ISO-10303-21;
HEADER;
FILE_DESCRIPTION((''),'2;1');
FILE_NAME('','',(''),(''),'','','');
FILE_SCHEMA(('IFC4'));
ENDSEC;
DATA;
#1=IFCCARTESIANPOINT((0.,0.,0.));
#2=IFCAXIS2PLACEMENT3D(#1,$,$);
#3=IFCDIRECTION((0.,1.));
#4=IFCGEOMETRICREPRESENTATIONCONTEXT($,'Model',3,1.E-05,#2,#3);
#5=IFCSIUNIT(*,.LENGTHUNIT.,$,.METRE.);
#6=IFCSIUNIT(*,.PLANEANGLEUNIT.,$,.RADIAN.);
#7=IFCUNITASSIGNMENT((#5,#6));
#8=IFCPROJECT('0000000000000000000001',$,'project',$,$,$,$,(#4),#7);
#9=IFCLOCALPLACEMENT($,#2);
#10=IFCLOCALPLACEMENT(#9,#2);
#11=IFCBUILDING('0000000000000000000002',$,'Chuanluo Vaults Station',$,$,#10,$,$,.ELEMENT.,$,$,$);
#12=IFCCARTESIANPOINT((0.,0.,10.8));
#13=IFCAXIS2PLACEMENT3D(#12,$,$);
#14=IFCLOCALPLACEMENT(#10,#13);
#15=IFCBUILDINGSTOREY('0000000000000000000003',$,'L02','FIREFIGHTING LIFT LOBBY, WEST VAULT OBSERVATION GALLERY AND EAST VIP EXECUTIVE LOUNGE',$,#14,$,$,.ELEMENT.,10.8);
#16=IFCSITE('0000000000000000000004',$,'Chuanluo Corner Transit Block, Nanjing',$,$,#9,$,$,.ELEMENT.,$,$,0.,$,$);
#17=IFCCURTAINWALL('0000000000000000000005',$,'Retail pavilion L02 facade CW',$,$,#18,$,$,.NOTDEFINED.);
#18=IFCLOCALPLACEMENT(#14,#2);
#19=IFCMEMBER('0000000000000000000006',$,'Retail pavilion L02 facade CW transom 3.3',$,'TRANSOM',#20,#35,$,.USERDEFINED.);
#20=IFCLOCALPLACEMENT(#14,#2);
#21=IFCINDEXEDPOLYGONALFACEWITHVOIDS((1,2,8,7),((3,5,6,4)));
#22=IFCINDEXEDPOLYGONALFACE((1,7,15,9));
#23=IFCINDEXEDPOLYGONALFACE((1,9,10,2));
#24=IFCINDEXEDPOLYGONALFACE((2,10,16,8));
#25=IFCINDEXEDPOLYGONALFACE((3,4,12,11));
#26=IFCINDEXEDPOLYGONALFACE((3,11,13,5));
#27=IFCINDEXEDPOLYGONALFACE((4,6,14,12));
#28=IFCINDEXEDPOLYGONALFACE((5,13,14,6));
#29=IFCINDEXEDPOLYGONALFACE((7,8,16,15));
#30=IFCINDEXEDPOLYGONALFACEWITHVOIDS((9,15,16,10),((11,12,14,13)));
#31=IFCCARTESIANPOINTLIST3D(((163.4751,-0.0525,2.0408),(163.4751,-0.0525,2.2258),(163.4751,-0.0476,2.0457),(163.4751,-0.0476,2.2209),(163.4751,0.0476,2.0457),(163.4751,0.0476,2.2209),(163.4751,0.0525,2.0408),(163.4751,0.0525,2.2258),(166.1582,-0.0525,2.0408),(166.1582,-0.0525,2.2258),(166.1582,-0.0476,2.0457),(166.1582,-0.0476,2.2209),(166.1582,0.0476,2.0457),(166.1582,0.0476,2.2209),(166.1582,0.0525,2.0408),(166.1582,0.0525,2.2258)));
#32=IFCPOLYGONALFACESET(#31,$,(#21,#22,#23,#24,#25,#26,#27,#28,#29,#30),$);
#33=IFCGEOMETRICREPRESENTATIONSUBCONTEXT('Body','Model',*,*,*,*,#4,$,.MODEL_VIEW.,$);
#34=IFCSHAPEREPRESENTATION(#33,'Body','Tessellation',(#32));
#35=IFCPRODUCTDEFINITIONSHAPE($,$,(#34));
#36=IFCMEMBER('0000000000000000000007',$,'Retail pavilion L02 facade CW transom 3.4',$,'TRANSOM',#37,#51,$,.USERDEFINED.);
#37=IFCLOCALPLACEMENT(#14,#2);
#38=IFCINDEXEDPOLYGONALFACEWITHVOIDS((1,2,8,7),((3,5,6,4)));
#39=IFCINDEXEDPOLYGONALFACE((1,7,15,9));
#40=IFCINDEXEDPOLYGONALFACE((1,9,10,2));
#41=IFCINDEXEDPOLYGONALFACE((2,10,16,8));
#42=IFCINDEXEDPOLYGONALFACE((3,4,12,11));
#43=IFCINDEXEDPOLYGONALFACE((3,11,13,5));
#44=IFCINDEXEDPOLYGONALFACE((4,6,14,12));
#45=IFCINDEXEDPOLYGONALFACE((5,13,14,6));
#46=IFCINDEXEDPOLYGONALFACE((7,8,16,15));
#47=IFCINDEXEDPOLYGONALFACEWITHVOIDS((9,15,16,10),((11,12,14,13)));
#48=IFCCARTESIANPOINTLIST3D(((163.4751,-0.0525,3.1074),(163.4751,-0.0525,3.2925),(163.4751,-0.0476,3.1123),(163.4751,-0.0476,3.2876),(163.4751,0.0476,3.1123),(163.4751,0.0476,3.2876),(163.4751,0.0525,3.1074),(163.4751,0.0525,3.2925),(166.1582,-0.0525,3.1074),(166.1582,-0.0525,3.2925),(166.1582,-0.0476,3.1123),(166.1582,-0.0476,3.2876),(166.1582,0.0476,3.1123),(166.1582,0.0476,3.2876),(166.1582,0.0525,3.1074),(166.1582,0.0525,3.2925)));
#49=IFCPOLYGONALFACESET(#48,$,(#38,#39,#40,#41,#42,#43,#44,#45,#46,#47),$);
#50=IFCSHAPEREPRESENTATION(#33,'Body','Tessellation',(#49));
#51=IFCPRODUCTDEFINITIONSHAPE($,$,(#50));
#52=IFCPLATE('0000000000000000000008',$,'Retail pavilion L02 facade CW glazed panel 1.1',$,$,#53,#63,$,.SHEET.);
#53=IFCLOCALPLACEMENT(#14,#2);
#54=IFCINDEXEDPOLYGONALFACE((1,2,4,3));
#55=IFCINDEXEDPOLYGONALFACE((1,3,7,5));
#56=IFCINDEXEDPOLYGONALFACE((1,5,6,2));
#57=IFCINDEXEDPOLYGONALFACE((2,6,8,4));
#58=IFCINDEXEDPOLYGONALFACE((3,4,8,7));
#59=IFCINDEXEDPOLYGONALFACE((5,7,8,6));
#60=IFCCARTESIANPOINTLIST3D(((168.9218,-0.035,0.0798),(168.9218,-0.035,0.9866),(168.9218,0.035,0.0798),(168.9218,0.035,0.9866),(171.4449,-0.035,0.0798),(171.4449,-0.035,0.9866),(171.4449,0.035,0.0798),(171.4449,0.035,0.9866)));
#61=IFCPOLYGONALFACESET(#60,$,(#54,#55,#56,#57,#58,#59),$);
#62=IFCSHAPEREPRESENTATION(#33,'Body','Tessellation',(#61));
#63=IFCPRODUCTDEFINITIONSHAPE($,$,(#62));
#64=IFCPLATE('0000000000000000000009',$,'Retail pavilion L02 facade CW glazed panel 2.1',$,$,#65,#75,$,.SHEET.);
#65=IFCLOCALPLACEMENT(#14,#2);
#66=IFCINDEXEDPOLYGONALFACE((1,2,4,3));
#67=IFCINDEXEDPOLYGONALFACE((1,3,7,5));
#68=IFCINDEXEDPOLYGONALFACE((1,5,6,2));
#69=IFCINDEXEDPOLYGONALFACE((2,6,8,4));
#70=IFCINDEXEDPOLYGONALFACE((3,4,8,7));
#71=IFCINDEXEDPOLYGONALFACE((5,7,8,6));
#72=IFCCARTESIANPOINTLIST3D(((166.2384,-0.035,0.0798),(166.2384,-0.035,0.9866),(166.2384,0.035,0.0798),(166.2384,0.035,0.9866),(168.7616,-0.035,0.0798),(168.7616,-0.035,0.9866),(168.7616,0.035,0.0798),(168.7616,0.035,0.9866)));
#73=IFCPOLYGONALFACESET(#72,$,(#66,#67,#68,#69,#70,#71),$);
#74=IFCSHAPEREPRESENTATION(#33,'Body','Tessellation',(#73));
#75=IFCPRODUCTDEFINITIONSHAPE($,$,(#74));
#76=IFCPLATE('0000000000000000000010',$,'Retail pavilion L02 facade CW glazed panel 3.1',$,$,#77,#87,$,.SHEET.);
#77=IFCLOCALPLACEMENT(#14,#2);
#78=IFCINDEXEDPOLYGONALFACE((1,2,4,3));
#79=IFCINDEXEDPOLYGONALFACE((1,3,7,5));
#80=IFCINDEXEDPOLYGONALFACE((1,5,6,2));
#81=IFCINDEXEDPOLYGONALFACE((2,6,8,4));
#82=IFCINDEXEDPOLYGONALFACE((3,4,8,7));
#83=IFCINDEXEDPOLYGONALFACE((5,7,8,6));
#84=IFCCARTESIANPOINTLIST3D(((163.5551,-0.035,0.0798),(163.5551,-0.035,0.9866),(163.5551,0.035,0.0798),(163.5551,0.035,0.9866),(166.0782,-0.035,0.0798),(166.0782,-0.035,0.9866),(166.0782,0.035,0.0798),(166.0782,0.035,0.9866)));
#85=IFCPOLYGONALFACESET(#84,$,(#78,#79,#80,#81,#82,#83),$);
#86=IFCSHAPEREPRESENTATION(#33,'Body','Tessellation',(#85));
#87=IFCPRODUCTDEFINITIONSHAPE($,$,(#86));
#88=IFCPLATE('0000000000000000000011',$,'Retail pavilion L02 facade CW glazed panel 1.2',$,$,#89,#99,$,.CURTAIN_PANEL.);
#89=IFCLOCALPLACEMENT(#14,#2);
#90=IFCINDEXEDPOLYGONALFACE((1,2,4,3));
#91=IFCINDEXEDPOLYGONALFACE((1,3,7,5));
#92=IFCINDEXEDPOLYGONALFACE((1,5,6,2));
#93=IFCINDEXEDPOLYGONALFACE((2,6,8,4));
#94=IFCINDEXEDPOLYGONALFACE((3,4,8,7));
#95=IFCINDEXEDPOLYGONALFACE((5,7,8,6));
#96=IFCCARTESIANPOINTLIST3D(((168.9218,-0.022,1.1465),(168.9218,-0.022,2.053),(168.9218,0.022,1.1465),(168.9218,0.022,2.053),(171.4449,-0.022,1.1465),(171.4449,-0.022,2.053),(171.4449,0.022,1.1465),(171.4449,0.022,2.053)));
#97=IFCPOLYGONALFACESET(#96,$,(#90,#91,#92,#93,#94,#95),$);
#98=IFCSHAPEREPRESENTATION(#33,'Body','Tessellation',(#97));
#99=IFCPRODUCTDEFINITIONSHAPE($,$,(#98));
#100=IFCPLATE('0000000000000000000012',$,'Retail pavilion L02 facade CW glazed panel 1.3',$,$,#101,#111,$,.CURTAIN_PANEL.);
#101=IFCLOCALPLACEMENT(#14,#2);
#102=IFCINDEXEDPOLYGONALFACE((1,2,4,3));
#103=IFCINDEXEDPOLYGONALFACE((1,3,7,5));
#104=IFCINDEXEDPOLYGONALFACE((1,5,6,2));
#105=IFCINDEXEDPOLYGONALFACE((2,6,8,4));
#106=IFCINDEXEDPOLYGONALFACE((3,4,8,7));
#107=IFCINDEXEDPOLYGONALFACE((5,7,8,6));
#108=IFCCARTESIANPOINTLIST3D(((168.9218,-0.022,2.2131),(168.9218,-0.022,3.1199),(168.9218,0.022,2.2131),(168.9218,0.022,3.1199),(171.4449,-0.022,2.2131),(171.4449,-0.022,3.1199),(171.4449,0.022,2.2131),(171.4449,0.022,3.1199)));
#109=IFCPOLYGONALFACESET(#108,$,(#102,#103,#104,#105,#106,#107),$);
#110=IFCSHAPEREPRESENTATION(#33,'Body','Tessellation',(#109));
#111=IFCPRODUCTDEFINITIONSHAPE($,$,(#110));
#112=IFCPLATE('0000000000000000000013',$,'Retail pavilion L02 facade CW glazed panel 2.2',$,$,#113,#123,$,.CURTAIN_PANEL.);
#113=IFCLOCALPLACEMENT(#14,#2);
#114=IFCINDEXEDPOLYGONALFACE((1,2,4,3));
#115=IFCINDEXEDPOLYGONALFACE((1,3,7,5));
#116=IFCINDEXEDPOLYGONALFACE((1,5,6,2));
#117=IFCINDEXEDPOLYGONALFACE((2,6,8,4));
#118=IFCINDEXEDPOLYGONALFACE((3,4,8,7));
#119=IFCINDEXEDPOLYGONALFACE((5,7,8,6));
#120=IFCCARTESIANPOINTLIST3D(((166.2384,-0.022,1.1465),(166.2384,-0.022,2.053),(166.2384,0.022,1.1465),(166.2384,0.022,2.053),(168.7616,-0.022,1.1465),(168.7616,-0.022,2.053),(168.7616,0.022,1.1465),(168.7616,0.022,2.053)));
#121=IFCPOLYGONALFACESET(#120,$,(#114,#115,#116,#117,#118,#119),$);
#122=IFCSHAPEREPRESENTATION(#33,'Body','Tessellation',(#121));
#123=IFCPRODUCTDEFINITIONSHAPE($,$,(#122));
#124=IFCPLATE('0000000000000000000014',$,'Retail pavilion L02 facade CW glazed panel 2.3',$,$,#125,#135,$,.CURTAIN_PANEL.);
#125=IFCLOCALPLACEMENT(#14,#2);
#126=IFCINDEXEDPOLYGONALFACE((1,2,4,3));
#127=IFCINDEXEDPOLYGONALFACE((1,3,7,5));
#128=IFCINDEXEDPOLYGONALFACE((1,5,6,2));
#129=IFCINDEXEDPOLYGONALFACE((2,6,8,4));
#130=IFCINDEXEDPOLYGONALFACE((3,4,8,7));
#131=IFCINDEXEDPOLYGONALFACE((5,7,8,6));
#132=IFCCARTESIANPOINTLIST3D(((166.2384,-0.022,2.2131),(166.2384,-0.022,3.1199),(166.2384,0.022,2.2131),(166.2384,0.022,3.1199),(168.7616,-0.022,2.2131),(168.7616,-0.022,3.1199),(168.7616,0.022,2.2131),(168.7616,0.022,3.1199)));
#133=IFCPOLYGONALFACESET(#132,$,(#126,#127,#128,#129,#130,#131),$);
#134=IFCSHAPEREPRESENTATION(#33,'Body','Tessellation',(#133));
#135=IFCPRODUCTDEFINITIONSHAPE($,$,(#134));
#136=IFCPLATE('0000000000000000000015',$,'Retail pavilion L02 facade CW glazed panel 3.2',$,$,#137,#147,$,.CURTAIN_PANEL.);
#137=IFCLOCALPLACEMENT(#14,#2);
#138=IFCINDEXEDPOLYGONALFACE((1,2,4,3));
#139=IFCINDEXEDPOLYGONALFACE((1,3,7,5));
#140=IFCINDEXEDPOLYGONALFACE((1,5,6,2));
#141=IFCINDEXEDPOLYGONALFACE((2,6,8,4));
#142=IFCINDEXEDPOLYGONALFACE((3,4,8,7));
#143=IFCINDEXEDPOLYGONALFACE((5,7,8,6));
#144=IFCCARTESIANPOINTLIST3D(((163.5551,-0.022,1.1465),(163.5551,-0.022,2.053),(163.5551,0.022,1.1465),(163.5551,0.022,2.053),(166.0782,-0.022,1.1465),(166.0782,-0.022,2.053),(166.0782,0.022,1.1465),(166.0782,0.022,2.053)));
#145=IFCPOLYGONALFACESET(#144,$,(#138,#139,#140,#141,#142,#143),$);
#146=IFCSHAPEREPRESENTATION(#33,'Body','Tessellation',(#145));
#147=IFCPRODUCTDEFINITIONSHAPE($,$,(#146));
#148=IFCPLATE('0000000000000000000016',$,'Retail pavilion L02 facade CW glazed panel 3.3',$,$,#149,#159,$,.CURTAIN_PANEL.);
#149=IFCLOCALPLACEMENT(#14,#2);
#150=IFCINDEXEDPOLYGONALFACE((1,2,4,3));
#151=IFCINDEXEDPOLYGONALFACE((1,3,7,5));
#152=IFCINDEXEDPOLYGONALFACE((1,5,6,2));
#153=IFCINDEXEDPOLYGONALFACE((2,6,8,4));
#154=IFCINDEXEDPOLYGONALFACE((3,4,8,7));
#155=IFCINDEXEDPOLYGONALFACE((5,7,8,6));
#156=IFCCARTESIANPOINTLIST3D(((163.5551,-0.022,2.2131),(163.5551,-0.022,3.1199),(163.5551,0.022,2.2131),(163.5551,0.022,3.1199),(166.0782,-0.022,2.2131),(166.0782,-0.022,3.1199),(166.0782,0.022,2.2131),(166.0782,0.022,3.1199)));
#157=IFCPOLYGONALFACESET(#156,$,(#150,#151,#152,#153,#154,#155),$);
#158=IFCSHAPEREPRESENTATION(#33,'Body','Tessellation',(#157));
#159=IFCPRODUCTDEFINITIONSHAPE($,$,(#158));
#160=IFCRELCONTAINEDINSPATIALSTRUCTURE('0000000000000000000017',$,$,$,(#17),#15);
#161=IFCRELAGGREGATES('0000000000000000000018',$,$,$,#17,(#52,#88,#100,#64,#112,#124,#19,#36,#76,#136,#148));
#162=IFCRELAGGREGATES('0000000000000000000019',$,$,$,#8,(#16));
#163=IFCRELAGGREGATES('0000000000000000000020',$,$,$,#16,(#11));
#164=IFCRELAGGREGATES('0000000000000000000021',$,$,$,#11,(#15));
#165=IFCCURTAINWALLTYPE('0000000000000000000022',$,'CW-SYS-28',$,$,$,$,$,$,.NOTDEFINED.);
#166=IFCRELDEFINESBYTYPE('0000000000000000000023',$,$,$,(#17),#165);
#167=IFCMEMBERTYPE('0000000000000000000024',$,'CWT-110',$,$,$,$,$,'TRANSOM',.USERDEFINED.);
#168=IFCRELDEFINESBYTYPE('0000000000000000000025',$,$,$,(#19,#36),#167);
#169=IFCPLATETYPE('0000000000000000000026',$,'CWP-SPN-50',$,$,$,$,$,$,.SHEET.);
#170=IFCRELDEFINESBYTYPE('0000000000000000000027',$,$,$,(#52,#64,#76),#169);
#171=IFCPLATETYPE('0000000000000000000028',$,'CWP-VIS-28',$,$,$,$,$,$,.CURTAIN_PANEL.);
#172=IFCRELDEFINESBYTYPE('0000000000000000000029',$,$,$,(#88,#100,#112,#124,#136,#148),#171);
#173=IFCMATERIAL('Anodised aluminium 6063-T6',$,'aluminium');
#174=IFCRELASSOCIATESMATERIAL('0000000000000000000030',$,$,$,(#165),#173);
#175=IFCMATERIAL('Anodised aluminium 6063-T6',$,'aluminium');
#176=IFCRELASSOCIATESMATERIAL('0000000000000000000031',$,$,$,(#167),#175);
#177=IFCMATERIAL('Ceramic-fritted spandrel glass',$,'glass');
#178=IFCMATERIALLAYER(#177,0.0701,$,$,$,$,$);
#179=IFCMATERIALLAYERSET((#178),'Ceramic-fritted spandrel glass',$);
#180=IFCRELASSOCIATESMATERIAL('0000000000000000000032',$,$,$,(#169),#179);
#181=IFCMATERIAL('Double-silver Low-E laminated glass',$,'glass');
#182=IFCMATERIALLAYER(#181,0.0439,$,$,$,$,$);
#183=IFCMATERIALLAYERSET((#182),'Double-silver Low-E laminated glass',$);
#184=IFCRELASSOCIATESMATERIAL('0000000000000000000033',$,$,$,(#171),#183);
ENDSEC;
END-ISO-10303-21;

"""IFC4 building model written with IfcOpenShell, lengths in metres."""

from ifc_helpers import new_model, si_unit, direction, frame, origin, origin_2d, place, context, subcontext, project, spatial, rectangle, hollow_rectangle, extrude, material, layer, layer_set, material_profile, profile_set, type_object, element, aggregate, save


model = new_model("IFC4")

# Units and contexts
model_context = context("Model", 3, precision=1e-05, world=origin(), true_north=direction((0.0, 1.0)))
body_context = subcontext(model_context, "Body", "Model", "MODEL_VIEW")
ifc_project = project(units=[si_unit("LENGTHUNIT", "METRE"), si_unit("PLANEANGLEUNIT", "RADIAN")], contexts=[model_context])

# Site, building, storey
site_placement = place(None, origin())
site = spatial("IfcSite", under=ifc_project, at=site_placement, Name="Chuanluo Corner Transit Block, Nanjing", CompositionType="ELEMENT", RefElevation=0.0)
building_placement = place(site_placement, origin())
building = spatial("IfcBuilding", under=site, at=building_placement, Name="Chuanluo Vaults Station", CompositionType="ELEMENT")
storey_placement = place(building_placement, frame((0.0, 0.0, 10.8)))
storey = spatial("IfcBuildingStorey", under=building, at=storey_placement, Name="L02", Description="FIREFIGHTING LIFT LOBBY, WEST VAULT OBSERVATION GALLERY AND EAST VIP EXECUTIVE LOUNGE", CompositionType="ELEMENT", Elevation=10.8)

# Curtain wall, members, plates
ifc_material_1 = material(Name="Anodised aluminium 6063-T6", Category="aluminium")
curtain_wall_type = type_object("IfcCurtainWallType", Name="CW-SYS-28", PredefinedType="NOTDEFINED", material=ifc_material_1)
curtain_wall_placement = place(storey_placement, origin())
curtain_wall = element("IfcCurtainWall", 1, at=curtain_wall_placement, inside=storey, type_object=curtain_wall_type, Name="Retail pavilion L02 facade CW", PredefinedType="NOTDEFINED")
ifc_material_2 = material(Name="Anodised aluminium 6063-T6", Category="aluminium")
ifc_material_profile_1 = material_profile(ifc_material_2, hollow_rectangle(XDim=0.105, YDim=0.1851, WallThickness=0.0049, at=origin_2d()))
ifc_profile_set_1 = profile_set([ifc_material_profile_1], Name="Anodised aluminium 6063-T6")
member_type_1 = type_object("IfcMemberType", Name="CWT-110", ElementType="TRANSOM", PredefinedType="USERDEFINED", material=ifc_profile_set_1)
member_1_placement = place(storey_placement, frame((166.1582, 0.0, 2.1333), z_axis=(-1.0, 0.0, 0.0), x_axis=(0.0, -1.0, 0.0)))
member_1 = element("IfcMember", 2, at=member_1_placement, type_object=member_type_1, Name="Retail pavilion L02 facade CW transom 3.3", ObjectType="TRANSOM", PredefinedType="USERDEFINED", context=body_context, shape_type="SweptSolid", body=[
    extrude(hollow_rectangle(XDim=0.105, YDim=0.1851, WallThickness=0.0049, at=origin_2d()), origin(), (0.0, 0.0, 1.0), 2.6831),
])
member_2_placement = place(storey_placement, frame((166.1582, 0.0, 3.2), z_axis=(-1.0, 0.0, 0.0), x_axis=(0.0, -1.0, 0.0)))
member_2 = element("IfcMember", 3, at=member_2_placement, type_object=member_type_1, Name="Retail pavilion L02 facade CW transom 3.4", ObjectType="TRANSOM", PredefinedType="USERDEFINED", context=body_context, shape_type="SweptSolid", body=[
    extrude(hollow_rectangle(XDim=0.105, YDim=0.1851, WallThickness=0.0049, at=origin_2d()), origin(), (0.0, 0.0, 1.0), 2.6831),
])
ifc_material_3 = material(Name="Ceramic-fritted spandrel glass", Category="glass")
ifc_layer_1 = layer(ifc_material_3, 0.0701)
ifc_layer_set_1 = layer_set([ifc_layer_1], Name="Ceramic-fritted spandrel glass")
plate_type_1 = type_object("IfcPlateType", Name="CWP-SPN-50", PredefinedType="SHEET", material=ifc_layer_set_1)
plate_1_placement = place(storey_placement, frame((170.1833, 0.0, 0.0798), z_axis=(0.0, 0.0, 1.0), x_axis=(-1.0, 0.0, 0.0)))
plate_1 = element("IfcPlate", 4, at=plate_1_placement, type_object=plate_type_1, Name="Retail pavilion L02 facade CW glazed panel 1.1", PredefinedType="SHEET", context=body_context, shape_type="SweptSolid", body=[
    extrude(rectangle(XDim=2.5232, YDim=0.0701, at=origin_2d()), origin(), (0.0, 0.0, 1.0), 0.9067),
])
plate_2_placement = place(storey_placement, frame((167.5, 0.0, 0.0798), z_axis=(0.0, 0.0, 1.0), x_axis=(-1.0, 0.0, 0.0)))
plate_2 = element("IfcPlate", 5, at=plate_2_placement, type_object=plate_type_1, Name="Retail pavilion L02 facade CW glazed panel 2.1", PredefinedType="SHEET", context=body_context, shape_type="SweptSolid", body=[
    extrude(rectangle(XDim=2.5232, YDim=0.0701, at=origin_2d()), origin(), (0.0, 0.0, 1.0), 0.9067),
])
plate_3_placement = place(storey_placement, frame((164.8167, 0.0, 0.0798), z_axis=(0.0, 0.0, 1.0), x_axis=(-1.0, 0.0, 0.0)))
plate_3 = element("IfcPlate", 6, at=plate_3_placement, type_object=plate_type_1, Name="Retail pavilion L02 facade CW glazed panel 3.1", PredefinedType="SHEET", context=body_context, shape_type="SweptSolid", body=[
    extrude(rectangle(XDim=2.5232, YDim=0.0701, at=origin_2d()), origin(), (0.0, 0.0, 1.0), 0.9067),
])
ifc_material_4 = material(Name="Double-silver Low-E laminated glass", Category="glass")
ifc_layer_2 = layer(ifc_material_4, 0.0439)
ifc_layer_set_2 = layer_set([ifc_layer_2], Name="Double-silver Low-E laminated glass")
plate_type_2 = type_object("IfcPlateType", Name="CWP-VIS-28", PredefinedType="CURTAIN_PANEL", material=ifc_layer_set_2)
plate_4_placement = place(storey_placement, frame((170.1833, 0.0, 1.1465), z_axis=(0.0, 0.0, 1.0), x_axis=(-1.0, 0.0, 0.0)))
plate_4 = element("IfcPlate", 7, at=plate_4_placement, type_object=plate_type_2, Name="Retail pavilion L02 facade CW glazed panel 1.2", PredefinedType="CURTAIN_PANEL", context=body_context, shape_type="SweptSolid", body=[
    extrude(rectangle(XDim=2.5232, YDim=0.0439, at=origin_2d()), origin(), (0.0, 0.0, 1.0), 0.9065),
])
plate_5_placement = place(storey_placement, frame((170.1833, 0.0, 2.2131), z_axis=(0.0, 0.0, 1.0), x_axis=(-1.0, 0.0, 0.0)))
plate_5 = element("IfcPlate", 8, at=plate_5_placement, type_object=plate_type_2, Name="Retail pavilion L02 facade CW glazed panel 1.3", PredefinedType="CURTAIN_PANEL", context=body_context, shape_type="SweptSolid", body=[
    extrude(rectangle(XDim=2.5232, YDim=0.0439, at=origin_2d()), origin(), (0.0, 0.0, 1.0), 0.9067),
])
plate_6_placement = place(storey_placement, frame((167.5, 0.0, 1.1465), z_axis=(0.0, 0.0, 1.0), x_axis=(-1.0, 0.0, 0.0)))
plate_6 = element("IfcPlate", 9, at=plate_6_placement, type_object=plate_type_2, Name="Retail pavilion L02 facade CW glazed panel 2.2", PredefinedType="CURTAIN_PANEL", context=body_context, shape_type="SweptSolid", body=[
    extrude(rectangle(XDim=2.5232, YDim=0.0439, at=origin_2d()), origin(), (0.0, 0.0, 1.0), 0.9065),
])
plate_7_placement = place(storey_placement, frame((167.5, 0.0, 2.2131), z_axis=(0.0, 0.0, 1.0), x_axis=(-1.0, 0.0, 0.0)))
plate_7 = element("IfcPlate", 10, at=plate_7_placement, type_object=plate_type_2, Name="Retail pavilion L02 facade CW glazed panel 2.3", PredefinedType="CURTAIN_PANEL", context=body_context, shape_type="SweptSolid", body=[
    extrude(rectangle(XDim=2.5232, YDim=0.0439, at=origin_2d()), origin(), (0.0, 0.0, 1.0), 0.9067),
])
plate_8_placement = place(storey_placement, frame((164.8167, 0.0, 1.1465), z_axis=(0.0, 0.0, 1.0), x_axis=(-1.0, 0.0, 0.0)))
plate_8 = element("IfcPlate", 11, at=plate_8_placement, type_object=plate_type_2, Name="Retail pavilion L02 facade CW glazed panel 3.2", PredefinedType="CURTAIN_PANEL", context=body_context, shape_type="SweptSolid", body=[
    extrude(rectangle(XDim=2.5232, YDim=0.0439, at=origin_2d()), origin(), (0.0, 0.0, 1.0), 0.9065),
])
plate_9_placement = place(storey_placement, frame((164.8167, 0.0, 2.2131), z_axis=(0.0, 0.0, 1.0), x_axis=(-1.0, 0.0, 0.0)))
plate_9 = element("IfcPlate", 12, at=plate_9_placement, type_object=plate_type_2, Name="Retail pavilion L02 facade CW glazed panel 3.3", PredefinedType="CURTAIN_PANEL", context=body_context, shape_type="SweptSolid", body=[
    extrude(rectangle(XDim=2.5232, YDim=0.0439, at=origin_2d()), origin(), (0.0, 0.0, 1.0), 0.9067),
])
aggregate(curtain_wall, [plate_1, plate_4, plate_5, plate_2, plate_6, plate_7, member_1, member_2, plate_3, plate_8, plate_9])

save(model, "model.ifc")
